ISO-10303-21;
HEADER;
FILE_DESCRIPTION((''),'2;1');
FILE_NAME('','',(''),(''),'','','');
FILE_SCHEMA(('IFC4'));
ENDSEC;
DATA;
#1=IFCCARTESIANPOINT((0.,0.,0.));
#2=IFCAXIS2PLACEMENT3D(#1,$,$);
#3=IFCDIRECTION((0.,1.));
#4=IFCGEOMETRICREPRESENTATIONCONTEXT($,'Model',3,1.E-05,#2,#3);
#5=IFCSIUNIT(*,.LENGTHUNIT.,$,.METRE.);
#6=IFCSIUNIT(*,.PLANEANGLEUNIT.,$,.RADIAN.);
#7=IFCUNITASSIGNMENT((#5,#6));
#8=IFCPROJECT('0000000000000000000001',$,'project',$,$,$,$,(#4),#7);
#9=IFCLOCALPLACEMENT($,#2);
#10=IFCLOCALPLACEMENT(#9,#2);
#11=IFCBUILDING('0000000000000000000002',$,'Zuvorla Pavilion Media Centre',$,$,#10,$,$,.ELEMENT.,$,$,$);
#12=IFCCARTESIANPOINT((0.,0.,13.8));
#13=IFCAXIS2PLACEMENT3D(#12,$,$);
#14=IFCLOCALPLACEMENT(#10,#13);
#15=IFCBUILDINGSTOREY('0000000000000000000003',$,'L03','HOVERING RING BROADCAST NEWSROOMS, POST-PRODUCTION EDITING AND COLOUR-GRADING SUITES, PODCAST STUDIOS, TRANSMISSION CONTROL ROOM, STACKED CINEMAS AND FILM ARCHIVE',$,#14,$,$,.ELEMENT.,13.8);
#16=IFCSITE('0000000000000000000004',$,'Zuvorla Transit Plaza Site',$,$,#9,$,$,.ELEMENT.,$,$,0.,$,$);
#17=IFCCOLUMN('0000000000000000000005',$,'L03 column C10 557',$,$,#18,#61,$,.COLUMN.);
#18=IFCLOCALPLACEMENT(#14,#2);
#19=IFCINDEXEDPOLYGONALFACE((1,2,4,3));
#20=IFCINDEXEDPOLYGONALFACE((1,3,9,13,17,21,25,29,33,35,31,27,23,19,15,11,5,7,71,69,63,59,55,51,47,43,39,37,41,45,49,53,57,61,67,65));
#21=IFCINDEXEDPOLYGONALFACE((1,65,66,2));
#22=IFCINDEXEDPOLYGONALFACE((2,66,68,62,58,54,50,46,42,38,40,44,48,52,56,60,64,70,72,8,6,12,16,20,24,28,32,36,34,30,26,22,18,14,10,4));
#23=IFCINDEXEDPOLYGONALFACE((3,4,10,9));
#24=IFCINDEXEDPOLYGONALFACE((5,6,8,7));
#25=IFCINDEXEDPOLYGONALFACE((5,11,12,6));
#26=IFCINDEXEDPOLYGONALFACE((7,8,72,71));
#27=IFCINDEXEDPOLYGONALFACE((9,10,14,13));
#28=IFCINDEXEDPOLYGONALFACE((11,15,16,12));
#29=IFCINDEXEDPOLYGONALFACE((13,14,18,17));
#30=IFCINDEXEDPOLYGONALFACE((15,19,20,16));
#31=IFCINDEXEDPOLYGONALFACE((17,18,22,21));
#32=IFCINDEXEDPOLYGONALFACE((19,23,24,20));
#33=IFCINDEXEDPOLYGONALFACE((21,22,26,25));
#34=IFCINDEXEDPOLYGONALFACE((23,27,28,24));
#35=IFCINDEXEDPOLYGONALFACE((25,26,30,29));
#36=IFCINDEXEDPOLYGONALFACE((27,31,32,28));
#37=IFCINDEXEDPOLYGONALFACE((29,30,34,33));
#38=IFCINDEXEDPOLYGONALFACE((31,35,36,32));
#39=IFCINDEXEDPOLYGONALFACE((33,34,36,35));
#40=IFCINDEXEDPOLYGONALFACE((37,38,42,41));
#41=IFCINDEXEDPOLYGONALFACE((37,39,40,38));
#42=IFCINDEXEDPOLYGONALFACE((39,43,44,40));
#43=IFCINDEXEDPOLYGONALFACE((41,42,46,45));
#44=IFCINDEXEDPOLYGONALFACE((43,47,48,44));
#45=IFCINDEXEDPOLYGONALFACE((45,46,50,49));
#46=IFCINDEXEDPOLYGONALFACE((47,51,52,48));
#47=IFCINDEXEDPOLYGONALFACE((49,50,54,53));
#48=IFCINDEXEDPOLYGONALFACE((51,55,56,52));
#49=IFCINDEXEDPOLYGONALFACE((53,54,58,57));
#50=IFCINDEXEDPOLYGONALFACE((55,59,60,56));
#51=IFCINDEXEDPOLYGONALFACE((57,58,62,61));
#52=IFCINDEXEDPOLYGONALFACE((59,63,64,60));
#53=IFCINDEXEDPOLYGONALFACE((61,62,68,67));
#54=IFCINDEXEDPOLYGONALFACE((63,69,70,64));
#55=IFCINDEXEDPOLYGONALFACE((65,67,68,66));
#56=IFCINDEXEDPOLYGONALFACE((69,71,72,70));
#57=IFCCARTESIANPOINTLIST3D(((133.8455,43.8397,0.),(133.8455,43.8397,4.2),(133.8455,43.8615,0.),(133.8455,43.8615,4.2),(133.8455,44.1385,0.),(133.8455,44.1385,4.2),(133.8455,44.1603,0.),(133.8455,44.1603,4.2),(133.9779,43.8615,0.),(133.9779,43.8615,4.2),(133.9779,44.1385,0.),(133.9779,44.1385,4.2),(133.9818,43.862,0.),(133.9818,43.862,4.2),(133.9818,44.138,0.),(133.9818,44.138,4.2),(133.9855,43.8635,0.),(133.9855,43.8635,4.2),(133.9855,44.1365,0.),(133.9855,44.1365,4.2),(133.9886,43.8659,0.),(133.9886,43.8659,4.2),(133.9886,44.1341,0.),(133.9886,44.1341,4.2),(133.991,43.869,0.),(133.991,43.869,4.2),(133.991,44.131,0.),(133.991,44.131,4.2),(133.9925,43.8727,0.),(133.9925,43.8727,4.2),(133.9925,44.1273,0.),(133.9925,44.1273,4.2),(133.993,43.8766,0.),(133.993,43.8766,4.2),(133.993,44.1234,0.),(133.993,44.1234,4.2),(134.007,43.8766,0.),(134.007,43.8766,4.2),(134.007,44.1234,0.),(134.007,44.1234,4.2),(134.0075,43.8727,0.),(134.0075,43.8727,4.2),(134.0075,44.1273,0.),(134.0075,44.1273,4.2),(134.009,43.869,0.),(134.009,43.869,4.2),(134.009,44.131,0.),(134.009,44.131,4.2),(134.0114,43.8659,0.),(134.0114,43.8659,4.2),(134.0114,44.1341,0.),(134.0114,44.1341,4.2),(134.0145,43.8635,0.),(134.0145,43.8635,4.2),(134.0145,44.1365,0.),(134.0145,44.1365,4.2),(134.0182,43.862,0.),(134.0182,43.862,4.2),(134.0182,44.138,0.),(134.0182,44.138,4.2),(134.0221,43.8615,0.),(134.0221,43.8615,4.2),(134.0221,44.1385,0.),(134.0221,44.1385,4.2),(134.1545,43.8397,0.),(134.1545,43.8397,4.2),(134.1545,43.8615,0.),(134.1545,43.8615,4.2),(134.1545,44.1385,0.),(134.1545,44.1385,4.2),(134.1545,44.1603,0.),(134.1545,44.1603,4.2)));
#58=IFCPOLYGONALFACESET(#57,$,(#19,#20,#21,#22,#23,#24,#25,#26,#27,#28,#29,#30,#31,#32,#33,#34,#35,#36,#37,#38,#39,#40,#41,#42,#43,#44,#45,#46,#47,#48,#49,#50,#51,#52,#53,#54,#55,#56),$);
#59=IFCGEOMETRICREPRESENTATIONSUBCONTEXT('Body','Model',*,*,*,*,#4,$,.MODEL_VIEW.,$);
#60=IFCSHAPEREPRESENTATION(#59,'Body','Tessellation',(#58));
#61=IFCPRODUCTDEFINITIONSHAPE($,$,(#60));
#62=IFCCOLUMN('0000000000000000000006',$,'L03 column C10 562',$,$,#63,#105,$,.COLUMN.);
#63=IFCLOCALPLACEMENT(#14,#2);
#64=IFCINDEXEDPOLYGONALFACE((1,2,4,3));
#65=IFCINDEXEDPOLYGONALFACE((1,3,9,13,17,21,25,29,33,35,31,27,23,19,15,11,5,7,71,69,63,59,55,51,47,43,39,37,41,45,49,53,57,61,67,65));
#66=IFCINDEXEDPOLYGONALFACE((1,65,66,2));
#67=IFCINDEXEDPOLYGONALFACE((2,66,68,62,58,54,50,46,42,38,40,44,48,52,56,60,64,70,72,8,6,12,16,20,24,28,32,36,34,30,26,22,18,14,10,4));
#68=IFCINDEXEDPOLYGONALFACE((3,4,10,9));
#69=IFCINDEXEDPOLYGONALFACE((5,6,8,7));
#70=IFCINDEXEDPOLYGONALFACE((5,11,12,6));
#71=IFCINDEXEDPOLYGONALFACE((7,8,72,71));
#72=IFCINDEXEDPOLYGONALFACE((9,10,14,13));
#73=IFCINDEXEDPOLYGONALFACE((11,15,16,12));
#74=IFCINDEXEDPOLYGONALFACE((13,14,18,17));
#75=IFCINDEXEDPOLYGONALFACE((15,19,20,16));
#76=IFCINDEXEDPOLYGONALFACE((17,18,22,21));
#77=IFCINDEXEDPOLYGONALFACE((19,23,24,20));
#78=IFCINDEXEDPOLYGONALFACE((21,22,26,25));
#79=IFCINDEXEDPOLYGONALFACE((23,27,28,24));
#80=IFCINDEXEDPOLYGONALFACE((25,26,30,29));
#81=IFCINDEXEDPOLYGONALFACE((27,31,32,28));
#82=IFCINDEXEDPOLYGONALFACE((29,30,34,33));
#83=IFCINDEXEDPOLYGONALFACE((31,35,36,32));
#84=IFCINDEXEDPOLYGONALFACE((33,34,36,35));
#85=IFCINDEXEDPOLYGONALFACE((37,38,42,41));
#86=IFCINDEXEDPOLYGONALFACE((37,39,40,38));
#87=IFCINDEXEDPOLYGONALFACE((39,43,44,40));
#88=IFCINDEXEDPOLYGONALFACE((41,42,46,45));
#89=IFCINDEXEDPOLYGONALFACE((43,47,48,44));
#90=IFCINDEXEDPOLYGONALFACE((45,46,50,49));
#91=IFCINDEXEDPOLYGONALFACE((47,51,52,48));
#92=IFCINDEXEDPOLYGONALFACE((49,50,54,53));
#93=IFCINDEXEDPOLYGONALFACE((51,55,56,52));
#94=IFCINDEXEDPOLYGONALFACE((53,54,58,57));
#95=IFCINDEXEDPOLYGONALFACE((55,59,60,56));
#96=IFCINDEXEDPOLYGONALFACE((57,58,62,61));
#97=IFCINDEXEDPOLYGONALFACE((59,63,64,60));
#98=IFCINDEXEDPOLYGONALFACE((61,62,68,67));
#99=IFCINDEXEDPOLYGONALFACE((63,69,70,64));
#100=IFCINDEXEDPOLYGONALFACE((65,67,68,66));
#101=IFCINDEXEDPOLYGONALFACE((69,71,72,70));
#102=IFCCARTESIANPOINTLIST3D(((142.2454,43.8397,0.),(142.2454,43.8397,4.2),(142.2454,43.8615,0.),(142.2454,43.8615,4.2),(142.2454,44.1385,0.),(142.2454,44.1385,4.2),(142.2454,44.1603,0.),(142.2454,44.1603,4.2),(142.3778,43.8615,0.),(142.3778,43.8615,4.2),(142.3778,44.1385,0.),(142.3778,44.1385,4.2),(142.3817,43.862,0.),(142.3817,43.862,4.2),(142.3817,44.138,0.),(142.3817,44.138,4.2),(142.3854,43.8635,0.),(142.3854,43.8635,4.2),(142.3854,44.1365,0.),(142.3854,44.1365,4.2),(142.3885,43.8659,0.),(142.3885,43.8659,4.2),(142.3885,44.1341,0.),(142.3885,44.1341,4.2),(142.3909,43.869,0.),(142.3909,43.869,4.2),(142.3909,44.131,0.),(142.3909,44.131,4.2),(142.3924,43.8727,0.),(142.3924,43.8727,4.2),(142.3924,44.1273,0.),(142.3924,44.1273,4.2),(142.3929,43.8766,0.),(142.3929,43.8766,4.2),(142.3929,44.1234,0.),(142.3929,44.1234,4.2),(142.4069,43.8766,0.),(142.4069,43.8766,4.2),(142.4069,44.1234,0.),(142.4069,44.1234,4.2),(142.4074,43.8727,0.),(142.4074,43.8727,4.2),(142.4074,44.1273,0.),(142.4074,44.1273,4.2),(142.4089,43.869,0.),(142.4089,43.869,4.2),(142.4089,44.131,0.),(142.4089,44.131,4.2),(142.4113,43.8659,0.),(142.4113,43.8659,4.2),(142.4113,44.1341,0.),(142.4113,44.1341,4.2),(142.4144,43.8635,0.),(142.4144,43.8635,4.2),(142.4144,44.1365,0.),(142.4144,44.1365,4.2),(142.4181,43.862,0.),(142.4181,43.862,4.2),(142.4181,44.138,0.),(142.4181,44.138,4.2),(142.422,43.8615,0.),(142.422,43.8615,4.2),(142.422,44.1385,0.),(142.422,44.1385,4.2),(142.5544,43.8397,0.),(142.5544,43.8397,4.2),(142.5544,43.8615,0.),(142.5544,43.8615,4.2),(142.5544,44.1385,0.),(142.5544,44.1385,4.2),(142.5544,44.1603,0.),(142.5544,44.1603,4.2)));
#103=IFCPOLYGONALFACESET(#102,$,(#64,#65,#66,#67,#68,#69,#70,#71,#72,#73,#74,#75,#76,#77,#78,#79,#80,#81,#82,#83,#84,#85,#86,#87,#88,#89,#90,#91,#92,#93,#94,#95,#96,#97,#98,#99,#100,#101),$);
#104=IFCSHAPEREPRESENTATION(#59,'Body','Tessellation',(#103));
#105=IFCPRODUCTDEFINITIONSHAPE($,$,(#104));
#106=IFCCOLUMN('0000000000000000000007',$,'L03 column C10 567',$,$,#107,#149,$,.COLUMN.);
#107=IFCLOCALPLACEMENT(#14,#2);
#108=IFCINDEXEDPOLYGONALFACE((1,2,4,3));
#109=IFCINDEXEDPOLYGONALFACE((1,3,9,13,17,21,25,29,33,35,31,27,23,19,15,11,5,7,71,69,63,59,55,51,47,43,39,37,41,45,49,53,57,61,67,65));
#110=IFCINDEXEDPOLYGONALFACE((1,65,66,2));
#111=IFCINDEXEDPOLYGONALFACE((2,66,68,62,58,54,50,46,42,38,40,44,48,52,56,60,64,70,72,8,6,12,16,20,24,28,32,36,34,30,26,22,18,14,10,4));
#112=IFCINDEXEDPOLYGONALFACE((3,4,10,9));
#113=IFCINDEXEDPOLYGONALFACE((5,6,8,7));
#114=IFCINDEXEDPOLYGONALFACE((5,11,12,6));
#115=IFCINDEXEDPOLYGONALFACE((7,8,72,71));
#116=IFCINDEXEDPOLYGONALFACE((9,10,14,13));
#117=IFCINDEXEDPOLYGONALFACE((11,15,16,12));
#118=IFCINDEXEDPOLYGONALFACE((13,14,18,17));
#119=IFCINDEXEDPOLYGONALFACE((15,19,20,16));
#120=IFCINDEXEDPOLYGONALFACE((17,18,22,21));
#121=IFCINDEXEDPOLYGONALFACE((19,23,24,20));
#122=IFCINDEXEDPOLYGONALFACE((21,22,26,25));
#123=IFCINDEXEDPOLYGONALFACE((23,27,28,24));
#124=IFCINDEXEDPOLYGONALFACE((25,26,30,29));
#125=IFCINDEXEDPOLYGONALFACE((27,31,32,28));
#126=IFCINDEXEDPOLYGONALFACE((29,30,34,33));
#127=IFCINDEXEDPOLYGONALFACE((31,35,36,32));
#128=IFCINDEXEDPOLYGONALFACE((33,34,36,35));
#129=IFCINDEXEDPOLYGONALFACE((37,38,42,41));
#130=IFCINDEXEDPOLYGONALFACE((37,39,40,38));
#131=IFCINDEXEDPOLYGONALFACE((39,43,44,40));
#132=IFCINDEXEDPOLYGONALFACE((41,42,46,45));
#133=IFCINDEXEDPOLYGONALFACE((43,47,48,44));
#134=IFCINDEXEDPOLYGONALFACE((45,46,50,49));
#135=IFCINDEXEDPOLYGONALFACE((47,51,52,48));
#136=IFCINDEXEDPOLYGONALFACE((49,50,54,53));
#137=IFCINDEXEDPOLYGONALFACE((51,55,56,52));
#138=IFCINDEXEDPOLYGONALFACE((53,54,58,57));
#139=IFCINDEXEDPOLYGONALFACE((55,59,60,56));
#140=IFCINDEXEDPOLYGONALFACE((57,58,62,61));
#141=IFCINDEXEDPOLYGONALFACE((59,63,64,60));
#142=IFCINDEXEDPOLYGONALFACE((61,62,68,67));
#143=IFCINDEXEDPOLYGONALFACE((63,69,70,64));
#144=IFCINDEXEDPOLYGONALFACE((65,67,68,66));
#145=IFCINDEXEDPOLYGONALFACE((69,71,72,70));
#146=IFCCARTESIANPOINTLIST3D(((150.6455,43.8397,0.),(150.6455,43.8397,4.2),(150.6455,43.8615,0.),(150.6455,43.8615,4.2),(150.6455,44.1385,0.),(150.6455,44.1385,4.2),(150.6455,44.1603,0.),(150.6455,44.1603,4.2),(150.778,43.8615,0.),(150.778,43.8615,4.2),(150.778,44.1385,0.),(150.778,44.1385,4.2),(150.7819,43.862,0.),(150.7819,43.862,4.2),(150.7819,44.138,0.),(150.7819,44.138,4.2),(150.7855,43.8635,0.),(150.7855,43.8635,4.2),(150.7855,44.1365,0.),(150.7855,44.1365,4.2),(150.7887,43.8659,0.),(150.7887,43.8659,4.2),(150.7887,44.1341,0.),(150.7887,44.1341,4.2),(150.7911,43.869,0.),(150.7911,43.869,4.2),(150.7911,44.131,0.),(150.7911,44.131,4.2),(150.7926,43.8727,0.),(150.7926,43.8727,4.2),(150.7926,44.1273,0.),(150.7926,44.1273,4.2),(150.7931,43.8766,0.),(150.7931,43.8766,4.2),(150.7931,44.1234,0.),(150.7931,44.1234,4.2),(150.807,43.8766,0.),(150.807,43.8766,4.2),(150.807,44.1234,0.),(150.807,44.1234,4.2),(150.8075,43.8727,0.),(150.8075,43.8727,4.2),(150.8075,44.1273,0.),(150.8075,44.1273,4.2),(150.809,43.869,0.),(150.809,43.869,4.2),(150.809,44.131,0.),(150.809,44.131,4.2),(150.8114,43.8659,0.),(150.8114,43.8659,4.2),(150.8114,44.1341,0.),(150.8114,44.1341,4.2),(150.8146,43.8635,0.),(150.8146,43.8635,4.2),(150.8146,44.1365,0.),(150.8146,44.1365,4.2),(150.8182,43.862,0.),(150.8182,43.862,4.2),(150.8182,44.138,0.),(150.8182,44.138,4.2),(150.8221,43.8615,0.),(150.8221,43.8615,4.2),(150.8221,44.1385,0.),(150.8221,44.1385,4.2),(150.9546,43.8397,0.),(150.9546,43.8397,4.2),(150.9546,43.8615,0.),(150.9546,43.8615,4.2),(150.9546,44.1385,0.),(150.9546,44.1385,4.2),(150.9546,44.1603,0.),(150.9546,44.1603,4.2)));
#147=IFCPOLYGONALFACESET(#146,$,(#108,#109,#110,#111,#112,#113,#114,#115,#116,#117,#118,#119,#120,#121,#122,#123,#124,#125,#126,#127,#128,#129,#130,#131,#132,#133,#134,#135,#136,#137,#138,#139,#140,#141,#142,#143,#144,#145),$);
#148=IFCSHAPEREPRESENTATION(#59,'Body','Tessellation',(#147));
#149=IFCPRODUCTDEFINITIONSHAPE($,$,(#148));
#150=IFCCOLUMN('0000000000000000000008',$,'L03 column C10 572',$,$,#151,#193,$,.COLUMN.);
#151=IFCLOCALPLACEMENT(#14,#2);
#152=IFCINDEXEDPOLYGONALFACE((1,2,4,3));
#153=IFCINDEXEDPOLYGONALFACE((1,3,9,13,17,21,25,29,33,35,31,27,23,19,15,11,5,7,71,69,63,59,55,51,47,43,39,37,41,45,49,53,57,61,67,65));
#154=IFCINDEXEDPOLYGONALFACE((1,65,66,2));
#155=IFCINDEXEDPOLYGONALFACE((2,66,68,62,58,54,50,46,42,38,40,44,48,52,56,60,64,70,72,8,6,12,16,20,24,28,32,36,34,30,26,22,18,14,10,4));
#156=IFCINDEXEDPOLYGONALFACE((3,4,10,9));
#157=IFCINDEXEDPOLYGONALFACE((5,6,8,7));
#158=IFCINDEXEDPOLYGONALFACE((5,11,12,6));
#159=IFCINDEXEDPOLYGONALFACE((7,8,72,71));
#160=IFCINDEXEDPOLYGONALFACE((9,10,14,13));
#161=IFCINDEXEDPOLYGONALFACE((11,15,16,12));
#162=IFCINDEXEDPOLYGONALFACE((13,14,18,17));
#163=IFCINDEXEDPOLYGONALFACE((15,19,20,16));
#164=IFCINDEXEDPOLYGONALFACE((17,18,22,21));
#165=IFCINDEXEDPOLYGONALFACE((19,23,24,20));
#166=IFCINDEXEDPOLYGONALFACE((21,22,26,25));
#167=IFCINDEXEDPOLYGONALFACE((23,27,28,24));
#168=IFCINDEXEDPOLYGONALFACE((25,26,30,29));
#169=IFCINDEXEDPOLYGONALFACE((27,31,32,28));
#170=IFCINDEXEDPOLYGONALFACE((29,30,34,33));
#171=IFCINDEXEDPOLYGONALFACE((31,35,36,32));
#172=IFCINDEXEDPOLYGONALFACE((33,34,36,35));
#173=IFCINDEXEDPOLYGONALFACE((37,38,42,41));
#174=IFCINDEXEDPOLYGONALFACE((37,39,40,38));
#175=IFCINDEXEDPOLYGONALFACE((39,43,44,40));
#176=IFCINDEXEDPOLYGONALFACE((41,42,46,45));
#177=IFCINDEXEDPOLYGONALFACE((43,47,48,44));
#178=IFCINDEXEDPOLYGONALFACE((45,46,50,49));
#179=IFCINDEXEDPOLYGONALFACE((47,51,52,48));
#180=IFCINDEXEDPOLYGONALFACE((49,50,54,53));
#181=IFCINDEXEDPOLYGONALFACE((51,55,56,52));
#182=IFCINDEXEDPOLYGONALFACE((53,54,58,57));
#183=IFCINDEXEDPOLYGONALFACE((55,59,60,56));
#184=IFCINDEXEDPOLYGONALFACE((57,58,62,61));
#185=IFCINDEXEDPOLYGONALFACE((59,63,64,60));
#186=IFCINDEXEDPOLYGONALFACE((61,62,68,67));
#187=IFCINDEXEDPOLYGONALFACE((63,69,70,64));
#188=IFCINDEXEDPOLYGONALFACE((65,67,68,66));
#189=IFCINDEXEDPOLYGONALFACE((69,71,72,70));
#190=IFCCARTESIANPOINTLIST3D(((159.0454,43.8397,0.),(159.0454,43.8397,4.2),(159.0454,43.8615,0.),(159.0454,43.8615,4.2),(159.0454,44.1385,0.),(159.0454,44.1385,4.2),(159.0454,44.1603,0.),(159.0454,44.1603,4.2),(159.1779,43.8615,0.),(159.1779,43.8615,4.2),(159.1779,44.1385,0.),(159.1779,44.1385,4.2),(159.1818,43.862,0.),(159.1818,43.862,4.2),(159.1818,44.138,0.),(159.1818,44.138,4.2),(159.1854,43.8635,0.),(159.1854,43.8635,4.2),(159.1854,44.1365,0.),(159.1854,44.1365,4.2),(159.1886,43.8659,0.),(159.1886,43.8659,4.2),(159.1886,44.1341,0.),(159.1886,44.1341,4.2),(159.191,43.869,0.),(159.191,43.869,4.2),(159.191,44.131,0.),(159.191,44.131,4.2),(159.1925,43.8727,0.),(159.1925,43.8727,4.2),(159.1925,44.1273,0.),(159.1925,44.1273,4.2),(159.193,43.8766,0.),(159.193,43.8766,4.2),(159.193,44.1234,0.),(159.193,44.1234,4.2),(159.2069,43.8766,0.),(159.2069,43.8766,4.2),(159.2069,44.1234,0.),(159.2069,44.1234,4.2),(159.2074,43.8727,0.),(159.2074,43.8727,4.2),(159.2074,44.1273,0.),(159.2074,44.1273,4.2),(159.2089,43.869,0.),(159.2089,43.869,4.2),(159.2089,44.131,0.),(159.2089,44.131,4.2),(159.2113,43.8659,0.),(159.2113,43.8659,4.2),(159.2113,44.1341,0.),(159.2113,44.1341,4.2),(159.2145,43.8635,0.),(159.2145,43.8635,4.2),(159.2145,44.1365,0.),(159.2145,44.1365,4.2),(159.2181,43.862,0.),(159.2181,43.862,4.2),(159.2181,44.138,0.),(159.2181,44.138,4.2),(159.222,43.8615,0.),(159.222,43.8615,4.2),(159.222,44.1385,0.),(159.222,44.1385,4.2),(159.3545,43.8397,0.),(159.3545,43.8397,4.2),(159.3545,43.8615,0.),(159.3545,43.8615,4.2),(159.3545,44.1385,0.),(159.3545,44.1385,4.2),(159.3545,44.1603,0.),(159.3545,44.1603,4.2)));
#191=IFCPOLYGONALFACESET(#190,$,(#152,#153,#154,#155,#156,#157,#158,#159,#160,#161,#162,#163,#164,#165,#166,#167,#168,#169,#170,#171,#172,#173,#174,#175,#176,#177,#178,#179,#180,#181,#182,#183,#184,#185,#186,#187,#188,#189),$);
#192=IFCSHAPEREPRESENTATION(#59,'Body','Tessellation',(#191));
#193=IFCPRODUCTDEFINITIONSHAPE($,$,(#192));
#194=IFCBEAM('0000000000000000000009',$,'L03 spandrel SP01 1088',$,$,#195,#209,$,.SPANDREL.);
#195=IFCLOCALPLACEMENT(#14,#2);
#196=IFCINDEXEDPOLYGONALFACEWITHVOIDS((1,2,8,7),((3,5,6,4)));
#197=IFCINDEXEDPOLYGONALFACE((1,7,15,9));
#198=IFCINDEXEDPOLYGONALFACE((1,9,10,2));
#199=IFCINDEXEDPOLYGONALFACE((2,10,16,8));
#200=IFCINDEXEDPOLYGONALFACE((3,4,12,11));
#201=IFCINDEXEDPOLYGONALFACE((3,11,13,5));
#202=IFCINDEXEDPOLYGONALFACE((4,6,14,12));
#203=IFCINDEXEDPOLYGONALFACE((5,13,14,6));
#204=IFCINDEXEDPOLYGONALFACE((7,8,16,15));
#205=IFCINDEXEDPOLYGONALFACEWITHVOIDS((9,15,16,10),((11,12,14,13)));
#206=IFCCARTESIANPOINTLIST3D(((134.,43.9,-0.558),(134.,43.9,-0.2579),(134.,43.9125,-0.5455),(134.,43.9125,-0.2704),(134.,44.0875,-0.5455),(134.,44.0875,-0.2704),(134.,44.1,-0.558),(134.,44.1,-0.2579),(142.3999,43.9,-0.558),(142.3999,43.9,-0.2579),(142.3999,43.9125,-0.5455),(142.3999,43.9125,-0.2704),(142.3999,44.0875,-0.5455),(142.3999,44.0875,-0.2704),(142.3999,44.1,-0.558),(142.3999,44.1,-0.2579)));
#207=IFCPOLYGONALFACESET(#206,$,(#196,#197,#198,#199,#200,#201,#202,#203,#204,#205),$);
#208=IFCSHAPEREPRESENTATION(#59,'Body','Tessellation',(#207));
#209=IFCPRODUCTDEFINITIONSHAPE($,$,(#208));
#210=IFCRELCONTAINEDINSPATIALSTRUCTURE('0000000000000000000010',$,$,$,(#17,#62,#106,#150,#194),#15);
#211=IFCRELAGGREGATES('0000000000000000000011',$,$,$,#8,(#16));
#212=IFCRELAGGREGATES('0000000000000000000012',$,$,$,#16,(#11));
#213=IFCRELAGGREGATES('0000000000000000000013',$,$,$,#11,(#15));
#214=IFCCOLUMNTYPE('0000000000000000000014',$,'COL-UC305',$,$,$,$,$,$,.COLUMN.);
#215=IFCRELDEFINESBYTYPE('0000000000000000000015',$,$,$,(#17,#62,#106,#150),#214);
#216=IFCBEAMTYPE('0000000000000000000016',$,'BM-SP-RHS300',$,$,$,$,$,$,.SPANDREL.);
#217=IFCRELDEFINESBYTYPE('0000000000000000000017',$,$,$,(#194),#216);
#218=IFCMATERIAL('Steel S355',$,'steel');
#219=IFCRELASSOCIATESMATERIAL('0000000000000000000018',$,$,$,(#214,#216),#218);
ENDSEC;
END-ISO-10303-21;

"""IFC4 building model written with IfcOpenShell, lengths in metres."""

from ifc_helpers import new_model, si_unit, direction, frame, origin, origin_2d, place, context, subcontext, project, spatial, hollow_rectangle, i_section, extrude, material, material_profile, profile_set, type_object, element, save


model = new_model("IFC4")

# Units and contexts
model_context = context("Model", 3, precision=1e-05, world=origin(), true_north=direction((0.0, 1.0)))
body_context = subcontext(model_context, "Body", "Model", "MODEL_VIEW")
ifc_project = project(units=[si_unit("LENGTHUNIT", "METRE"), si_unit("PLANEANGLEUNIT", "RADIAN")], contexts=[model_context])

# Site, building, storey
site_placement = place(None, origin())
site = spatial("IfcSite", under=ifc_project, at=site_placement, Name="Zuvorla Transit Plaza Site", CompositionType="ELEMENT", RefElevation=0.0)
building_placement = place(site_placement, origin())
building = spatial("IfcBuilding", under=site, at=building_placement, Name="Zuvorla Pavilion Media Centre", CompositionType="ELEMENT")
storey_placement = place(building_placement, frame((0.0, 0.0, 13.8)))
storey = spatial("IfcBuildingStorey", under=building, at=storey_placement, Name="L03", Description="HOVERING RING BROADCAST NEWSROOMS, POST-PRODUCTION EDITING AND COLOUR-GRADING SUITES, PODCAST STUDIOS, TRANSMISSION CONTROL ROOM, STACKED CINEMAS AND FILM ARCHIVE", CompositionType="ELEMENT", Elevation=13.8)

# Columns
ifc_material_1 = material(Name="Steel S355", Category="steel")
ifc_material_profile_1 = material_profile(ifc_material_1, i_section(OverallWidth=0.3091, OverallDepth=0.3206, WebThickness=0.0139, FlangeThickness=0.0217, FilletRadius=0.0151, at=origin_2d()), Name="UC 305x305x137")
ifc_profile_set_1 = profile_set([ifc_material_profile_1], Name="Steel S355")
column_type = type_object("IfcColumnType", Name="COL-UC305", PredefinedType="COLUMN", material=ifc_profile_set_1)
for number, where, z_axis, x_axis, name in (
    (1, (134.0, 44.0, 0.0), (0.0, 0.0, 1.0), (1.0, 0.0, 0.0), "L03 column C10 557"),
    (2, (142.3999, 44.0, 0.0), (0.0, 0.0, 1.0), (1.0, 0.0, 0.0), "L03 column C10 562"),
    (3, (150.8, 44.0, 0.0), (0.0, 0.0, 1.0), (1.0, 0.0, 0.0), "L03 column C10 567"),
    (4, (159.2, 44.0, 0.0), (0.0, 0.0, 1.0), (1.0, 0.0, 0.0), "L03 column C10 572"),
):
    element("IfcColumn", number, at=place(storey_placement, frame(where, z_axis=z_axis, x_axis=x_axis)), inside=storey, type_object=column_type, Name=name, PredefinedType="COLUMN", context=body_context, shape_type="SweptSolid", body=[
        extrude(i_section(OverallWidth=0.3091, OverallDepth=0.3206, WebThickness=0.0139, FlangeThickness=0.0217, FilletRadius=0.0151, at=origin_2d()), origin(), (0.0, 0.0, 1.0), 4.2),
    ])

# Beam
ifc_material_profile_2 = material_profile(ifc_material_1, hollow_rectangle(XDim=0.2, YDim=0.3, WallThickness=0.0125, at=origin_2d()), Name="RHS 300x200x12.5")
ifc_profile_set_2 = profile_set([ifc_material_profile_2], Name="Steel S355")
beam_type_1 = type_object("IfcBeamType", Name="BM-SP-RHS300", PredefinedType="SPANDREL", material=ifc_profile_set_2)
beam_1_placement = place(storey_placement, frame((134.0, 44.0, -0.408), z_axis=(1.0, 0.0, 0.0), x_axis=(0.0, 1.0, 0.0)))
element("IfcBeam", 5, at=beam_1_placement, inside=storey, type_object=beam_type_1, Name="L03 spandrel SP01 1088", PredefinedType="SPANDREL", context=body_context, shape_type="SweptSolid", body=[
    extrude(hollow_rectangle(XDim=0.2, YDim=0.3, WallThickness=0.0125, at=origin_2d()), origin(), (0.0, 0.0, 1.0), 8.3999),
])

save(model, "model.ifc")
